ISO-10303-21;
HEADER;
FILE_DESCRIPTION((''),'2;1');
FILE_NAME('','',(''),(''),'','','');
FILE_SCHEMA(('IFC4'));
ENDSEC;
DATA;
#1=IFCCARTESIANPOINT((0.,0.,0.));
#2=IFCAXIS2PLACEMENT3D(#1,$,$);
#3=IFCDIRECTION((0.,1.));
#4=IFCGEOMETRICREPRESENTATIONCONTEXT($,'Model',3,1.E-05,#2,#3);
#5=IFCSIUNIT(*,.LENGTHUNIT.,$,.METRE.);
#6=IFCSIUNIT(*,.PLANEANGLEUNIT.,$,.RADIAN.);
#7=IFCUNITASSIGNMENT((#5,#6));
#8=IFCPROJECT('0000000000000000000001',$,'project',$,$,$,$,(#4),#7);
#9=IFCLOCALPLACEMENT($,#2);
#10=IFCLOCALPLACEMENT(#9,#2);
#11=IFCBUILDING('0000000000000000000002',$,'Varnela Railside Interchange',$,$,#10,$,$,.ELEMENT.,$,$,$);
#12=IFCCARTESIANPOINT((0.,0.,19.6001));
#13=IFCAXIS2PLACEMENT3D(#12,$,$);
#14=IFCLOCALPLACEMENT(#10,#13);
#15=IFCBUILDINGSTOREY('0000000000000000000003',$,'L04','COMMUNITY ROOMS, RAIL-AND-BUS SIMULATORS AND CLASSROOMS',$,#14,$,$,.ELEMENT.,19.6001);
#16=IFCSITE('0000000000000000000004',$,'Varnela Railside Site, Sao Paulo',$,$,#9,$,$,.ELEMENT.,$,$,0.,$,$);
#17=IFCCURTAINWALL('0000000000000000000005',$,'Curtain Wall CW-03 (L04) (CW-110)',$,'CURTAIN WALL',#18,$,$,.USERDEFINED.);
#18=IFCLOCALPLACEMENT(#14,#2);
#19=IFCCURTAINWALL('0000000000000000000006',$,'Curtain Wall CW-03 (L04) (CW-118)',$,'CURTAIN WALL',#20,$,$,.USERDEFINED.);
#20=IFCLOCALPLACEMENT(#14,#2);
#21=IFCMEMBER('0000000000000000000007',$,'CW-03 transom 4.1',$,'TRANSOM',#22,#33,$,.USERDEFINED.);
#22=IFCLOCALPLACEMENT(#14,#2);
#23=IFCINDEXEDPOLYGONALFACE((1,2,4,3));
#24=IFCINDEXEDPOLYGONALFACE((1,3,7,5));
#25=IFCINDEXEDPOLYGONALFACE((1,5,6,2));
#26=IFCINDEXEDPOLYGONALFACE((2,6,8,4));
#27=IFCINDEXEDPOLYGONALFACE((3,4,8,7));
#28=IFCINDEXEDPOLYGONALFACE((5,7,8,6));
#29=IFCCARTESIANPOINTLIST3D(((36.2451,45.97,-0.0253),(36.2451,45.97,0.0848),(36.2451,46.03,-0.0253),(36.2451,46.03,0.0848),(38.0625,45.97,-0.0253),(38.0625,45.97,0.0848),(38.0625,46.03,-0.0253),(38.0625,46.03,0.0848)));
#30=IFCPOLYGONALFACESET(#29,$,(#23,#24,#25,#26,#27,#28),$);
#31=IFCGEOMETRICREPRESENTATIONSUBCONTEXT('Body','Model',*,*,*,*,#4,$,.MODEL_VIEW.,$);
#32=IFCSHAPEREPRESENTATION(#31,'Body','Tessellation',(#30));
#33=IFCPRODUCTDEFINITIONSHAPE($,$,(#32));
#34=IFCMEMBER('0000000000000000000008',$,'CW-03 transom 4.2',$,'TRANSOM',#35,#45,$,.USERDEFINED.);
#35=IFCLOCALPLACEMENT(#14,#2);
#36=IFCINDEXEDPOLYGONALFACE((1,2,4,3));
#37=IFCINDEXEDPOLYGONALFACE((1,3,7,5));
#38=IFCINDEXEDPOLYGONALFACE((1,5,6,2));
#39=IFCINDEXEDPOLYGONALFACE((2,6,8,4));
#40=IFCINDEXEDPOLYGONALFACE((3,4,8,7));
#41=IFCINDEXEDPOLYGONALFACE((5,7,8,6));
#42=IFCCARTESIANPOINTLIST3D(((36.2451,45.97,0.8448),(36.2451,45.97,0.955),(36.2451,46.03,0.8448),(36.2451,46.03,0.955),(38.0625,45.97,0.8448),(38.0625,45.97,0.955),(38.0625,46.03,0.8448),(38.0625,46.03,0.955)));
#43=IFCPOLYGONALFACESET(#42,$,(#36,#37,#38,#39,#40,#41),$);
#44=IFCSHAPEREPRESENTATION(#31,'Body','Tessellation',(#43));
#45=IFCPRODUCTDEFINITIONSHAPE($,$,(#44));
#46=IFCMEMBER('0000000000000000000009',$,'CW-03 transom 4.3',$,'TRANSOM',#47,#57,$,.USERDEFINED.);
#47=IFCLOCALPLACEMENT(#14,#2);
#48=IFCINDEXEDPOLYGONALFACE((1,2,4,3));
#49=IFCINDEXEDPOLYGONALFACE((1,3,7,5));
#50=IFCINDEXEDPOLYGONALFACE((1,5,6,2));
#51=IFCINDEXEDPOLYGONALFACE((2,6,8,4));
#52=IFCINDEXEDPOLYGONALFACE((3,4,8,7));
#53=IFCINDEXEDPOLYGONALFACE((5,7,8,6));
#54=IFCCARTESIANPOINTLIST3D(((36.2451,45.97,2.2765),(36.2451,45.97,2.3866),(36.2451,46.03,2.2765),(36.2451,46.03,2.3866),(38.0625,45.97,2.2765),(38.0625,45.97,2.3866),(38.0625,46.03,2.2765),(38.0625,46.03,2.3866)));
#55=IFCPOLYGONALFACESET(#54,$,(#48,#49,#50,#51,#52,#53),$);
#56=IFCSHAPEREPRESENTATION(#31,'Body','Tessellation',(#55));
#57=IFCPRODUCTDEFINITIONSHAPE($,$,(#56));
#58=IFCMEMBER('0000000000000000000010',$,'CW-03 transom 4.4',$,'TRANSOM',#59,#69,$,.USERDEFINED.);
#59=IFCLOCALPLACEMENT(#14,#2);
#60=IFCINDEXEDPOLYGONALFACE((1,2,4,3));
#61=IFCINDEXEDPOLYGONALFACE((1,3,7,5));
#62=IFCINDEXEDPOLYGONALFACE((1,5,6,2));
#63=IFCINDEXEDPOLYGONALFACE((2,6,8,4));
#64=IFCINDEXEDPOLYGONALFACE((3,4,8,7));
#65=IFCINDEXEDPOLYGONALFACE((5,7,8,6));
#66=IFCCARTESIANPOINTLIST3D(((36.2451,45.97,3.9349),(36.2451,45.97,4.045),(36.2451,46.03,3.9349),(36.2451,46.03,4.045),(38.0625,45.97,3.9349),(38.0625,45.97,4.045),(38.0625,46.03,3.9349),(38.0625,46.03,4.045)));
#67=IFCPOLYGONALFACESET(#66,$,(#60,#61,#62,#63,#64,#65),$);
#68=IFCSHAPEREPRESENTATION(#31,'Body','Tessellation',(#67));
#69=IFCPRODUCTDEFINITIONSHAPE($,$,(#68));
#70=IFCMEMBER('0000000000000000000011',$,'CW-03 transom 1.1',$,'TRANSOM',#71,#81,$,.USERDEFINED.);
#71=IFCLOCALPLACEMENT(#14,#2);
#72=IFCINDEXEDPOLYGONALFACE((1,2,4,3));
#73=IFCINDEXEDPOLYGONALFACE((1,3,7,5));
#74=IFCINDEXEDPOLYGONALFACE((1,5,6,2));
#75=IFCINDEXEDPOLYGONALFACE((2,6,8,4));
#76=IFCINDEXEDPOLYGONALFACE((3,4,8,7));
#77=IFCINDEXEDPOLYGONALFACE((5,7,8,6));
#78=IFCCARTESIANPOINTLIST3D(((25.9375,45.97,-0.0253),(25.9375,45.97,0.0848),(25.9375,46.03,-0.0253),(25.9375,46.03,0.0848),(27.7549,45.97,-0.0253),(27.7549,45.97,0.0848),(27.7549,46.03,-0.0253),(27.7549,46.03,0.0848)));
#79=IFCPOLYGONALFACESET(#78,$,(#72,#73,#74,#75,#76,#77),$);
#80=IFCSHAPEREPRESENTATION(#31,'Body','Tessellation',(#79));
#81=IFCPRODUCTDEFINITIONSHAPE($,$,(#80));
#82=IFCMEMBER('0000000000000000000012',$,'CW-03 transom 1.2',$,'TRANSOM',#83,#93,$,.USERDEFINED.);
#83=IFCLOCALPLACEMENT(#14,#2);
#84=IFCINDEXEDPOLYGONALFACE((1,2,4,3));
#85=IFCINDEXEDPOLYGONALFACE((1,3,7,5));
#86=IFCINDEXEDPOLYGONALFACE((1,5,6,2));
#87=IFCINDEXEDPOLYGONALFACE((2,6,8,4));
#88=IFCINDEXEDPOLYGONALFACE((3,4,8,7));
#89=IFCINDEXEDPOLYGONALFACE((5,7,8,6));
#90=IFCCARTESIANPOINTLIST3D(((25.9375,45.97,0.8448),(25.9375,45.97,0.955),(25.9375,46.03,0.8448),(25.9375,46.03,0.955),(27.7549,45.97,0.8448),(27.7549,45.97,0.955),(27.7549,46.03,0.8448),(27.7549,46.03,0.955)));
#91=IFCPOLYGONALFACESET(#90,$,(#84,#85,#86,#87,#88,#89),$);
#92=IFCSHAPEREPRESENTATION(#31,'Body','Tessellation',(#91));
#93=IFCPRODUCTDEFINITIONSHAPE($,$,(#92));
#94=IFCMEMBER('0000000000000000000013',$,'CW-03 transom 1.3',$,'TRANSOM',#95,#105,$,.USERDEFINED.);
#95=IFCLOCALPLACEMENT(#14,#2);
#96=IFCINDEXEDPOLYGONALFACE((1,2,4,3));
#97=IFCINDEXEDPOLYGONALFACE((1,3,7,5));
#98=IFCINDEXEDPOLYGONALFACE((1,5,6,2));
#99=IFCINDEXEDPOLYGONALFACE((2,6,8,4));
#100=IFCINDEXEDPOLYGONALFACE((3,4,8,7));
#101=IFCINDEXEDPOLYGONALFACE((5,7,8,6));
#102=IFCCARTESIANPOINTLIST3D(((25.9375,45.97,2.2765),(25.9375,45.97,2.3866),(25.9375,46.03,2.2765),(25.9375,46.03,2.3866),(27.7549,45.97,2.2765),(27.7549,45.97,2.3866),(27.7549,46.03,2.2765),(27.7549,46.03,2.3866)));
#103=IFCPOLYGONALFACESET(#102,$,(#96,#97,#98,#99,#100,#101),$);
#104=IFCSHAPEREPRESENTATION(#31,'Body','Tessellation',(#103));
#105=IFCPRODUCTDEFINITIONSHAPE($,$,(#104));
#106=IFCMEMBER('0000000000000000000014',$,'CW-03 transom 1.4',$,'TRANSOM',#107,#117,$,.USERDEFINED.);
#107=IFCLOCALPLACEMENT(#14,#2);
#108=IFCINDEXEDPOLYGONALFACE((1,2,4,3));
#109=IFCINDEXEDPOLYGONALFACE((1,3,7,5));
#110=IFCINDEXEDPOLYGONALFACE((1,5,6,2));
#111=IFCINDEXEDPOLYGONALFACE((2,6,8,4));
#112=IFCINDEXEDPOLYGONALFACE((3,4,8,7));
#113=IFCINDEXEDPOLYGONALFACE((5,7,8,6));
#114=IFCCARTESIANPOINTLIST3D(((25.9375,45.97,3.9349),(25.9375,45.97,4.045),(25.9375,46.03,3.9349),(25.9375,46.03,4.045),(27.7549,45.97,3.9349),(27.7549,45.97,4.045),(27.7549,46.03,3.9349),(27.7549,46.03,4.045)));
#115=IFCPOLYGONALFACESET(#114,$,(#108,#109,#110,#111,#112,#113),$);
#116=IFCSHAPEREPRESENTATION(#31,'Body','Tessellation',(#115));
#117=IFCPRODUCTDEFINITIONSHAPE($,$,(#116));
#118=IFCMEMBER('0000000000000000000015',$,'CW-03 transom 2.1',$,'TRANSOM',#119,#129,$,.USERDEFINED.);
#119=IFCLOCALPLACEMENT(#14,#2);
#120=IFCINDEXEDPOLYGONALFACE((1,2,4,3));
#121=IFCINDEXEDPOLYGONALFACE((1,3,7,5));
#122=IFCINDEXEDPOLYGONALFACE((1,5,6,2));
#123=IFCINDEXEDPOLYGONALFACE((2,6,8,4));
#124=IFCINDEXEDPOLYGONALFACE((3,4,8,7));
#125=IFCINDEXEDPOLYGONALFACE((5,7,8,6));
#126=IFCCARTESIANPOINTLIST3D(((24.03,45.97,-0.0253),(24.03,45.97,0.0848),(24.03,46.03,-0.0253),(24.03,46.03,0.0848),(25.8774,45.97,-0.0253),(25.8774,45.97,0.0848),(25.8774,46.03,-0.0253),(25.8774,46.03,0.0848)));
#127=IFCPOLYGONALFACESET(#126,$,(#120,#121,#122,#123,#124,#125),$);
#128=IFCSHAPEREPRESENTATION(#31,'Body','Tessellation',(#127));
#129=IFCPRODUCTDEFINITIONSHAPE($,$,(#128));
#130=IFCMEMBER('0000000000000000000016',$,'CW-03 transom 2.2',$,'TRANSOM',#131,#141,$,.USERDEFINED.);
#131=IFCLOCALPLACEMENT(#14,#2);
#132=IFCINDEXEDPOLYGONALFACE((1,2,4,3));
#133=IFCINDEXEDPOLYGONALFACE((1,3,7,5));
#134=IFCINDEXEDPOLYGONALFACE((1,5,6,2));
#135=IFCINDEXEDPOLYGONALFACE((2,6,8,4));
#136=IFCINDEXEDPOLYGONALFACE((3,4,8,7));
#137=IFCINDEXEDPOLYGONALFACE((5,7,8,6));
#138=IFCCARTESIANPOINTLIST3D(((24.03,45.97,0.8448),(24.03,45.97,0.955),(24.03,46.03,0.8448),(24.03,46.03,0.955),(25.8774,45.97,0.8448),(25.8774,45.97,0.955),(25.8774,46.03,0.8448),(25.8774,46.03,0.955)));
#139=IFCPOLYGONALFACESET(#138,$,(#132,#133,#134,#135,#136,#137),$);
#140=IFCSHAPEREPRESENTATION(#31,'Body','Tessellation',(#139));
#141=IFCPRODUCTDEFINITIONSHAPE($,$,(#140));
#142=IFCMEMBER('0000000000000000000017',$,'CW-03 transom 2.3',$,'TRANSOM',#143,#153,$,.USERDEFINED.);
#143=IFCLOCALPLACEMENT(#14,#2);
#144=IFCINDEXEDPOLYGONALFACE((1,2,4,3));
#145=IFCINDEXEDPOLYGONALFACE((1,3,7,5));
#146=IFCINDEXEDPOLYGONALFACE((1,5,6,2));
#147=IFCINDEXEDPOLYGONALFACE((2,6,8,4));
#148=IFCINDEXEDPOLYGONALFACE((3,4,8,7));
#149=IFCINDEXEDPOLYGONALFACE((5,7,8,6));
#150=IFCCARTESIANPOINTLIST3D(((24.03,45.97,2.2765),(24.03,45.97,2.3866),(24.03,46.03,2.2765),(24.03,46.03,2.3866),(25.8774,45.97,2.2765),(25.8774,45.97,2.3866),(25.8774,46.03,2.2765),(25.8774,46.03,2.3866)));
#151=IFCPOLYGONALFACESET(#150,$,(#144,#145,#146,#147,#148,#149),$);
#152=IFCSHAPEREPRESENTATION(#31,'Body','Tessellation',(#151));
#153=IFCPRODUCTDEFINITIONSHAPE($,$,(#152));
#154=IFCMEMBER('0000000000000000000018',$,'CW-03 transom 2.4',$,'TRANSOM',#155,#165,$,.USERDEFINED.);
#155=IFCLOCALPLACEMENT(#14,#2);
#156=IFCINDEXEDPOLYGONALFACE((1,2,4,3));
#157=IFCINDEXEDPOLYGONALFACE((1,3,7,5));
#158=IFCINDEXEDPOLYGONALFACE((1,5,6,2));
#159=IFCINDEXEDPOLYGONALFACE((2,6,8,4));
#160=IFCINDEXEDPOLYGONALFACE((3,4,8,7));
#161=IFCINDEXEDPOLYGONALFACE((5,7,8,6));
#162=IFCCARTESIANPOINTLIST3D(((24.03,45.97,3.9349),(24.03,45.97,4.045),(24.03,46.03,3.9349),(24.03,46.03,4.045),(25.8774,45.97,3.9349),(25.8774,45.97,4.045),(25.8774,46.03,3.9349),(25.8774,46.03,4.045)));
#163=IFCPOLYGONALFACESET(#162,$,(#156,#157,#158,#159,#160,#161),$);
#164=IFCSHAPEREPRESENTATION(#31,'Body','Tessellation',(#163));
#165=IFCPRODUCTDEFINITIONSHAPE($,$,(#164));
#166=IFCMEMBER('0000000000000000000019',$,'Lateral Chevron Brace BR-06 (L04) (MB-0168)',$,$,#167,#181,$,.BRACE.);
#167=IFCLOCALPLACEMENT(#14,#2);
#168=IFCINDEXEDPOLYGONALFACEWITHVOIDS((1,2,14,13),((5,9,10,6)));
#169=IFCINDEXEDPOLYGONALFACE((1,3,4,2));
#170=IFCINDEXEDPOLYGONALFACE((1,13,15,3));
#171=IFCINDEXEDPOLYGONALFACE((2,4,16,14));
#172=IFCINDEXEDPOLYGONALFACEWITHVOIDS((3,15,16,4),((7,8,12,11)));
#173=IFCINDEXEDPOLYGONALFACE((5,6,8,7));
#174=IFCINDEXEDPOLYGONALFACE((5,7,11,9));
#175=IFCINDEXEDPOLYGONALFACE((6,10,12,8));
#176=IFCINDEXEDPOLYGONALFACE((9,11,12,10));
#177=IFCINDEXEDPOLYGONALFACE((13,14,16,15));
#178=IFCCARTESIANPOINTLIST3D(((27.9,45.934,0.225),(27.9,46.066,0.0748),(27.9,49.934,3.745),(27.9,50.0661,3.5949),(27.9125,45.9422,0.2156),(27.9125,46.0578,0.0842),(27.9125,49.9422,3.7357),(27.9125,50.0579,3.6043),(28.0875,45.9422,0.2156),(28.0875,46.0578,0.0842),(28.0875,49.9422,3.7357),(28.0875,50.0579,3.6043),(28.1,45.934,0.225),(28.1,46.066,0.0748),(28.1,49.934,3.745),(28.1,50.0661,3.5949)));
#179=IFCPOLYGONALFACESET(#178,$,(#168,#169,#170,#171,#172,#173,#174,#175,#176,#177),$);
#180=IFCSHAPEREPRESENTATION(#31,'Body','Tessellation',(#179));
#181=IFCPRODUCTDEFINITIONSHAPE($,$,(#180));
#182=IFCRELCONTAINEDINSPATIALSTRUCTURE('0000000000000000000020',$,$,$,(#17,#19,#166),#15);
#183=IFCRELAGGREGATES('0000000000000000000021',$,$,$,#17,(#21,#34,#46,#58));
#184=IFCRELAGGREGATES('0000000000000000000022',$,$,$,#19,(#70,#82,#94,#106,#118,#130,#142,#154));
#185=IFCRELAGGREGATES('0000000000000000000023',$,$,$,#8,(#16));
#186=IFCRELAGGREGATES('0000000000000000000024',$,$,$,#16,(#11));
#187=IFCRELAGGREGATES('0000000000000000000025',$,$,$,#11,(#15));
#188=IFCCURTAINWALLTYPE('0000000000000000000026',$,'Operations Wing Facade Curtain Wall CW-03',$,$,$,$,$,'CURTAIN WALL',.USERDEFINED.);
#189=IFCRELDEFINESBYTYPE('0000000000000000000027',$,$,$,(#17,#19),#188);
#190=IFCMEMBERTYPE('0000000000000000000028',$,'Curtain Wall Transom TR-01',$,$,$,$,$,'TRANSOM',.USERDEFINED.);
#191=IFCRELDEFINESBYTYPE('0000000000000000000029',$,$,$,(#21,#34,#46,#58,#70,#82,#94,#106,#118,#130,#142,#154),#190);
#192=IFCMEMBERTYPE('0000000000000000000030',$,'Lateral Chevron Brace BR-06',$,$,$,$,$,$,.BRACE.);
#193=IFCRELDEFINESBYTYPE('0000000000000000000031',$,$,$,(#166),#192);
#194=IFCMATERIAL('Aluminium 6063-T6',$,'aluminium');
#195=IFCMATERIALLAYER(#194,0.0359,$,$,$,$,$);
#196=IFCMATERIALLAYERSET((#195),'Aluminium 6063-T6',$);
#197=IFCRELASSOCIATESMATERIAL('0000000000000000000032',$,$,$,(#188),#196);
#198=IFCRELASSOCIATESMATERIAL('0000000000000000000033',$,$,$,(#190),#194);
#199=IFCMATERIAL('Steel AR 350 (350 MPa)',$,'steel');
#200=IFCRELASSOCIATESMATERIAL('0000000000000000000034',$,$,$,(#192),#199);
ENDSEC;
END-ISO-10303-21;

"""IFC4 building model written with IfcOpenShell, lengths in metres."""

from ifc_helpers import new_model, si_unit, direction, frame, origin, origin_2d, place, context, subcontext, project, spatial, rectangle, hollow_rectangle, extrude, material, layer, layer_set, material_profile, profile_set, type_object, element, aggregate, save


model = new_model("IFC4")

# Units and contexts
model_context = context("Model", 3, precision=1e-05, world=origin(), true_north=direction((0.0, 1.0)))
body_context = subcontext(model_context, "Body", "Model", "MODEL_VIEW")
ifc_project = project(units=[si_unit("LENGTHUNIT", "METRE"), si_unit("PLANEANGLEUNIT", "RADIAN")], contexts=[model_context])

# Site, building, storey
site_placement = place(None, origin())
site = spatial("IfcSite", under=ifc_project, at=site_placement, Name="Varnela Railside Site, Sao Paulo", CompositionType="ELEMENT", RefElevation=0.0)
building_placement = place(site_placement, origin())
building = spatial("IfcBuilding", under=site, at=building_placement, Name="Varnela Railside Interchange", CompositionType="ELEMENT")
storey_placement = place(building_placement, frame((0.0, 0.0, 19.6001)))
storey = spatial("IfcBuildingStorey", under=building, at=storey_placement, Name="L04", Description="COMMUNITY ROOMS, RAIL-AND-BUS SIMULATORS AND CLASSROOMS", CompositionType="ELEMENT", Elevation=19.6001)

# Shared definitions
ifc_material_1 = material(Name="Steel AR 350 (350 MPa)", Category="steel")

# Curtain walls
ifc_material_2 = material(Name="Aluminium 6063-T6", Category="aluminium")
ifc_layer_1 = layer(ifc_material_2, 0.0359)
ifc_layer_set_1 = layer_set([ifc_layer_1], Name="Aluminium 6063-T6")
curtain_wall_type = type_object("IfcCurtainWallType", Name="Operations Wing Facade Curtain Wall CW-03", ElementType="CURTAIN WALL", PredefinedType="USERDEFINED", material=ifc_layer_set_1)
curtain_wall_1_placement = place(storey_placement, origin())
curtain_wall_1 = element("IfcCurtainWall", 1, at=curtain_wall_1_placement, inside=storey, type_object=curtain_wall_type, Name="Curtain Wall CW-03 (L04) (CW-110)", ObjectType="CURTAIN WALL", PredefinedType="USERDEFINED")
curtain_wall_2_placement = place(storey_placement, origin())
curtain_wall_2 = element("IfcCurtainWall", 2, at=curtain_wall_2_placement, inside=storey, type_object=curtain_wall_type, Name="Curtain Wall CW-03 (L04) (CW-118)", ObjectType="CURTAIN WALL", PredefinedType="USERDEFINED")

# Members
ifc_material_profile_1 = material_profile(ifc_material_2, rectangle(XDim=0.0601, YDim=0.1101, at=origin_2d()), Name="ALU 60x110")
ifc_profile_set_1 = profile_set([ifc_material_profile_1], Name="Aluminium 6063-T6")
member_type_1 = type_object("IfcMemberType", Name="Curtain Wall Transom TR-01", ElementType="TRANSOM", PredefinedType="USERDEFINED", material=ifc_profile_set_1)
member_1_placement = place(storey_placement, frame((38.0625, 46.0, 0.0298), z_axis=(-1.0, 0.0, 0.0), x_axis=(0.0, -1.0, 0.0)))
member_1 = element("IfcMember", 3, at=member_1_placement, type_object=member_type_1, Name="CW-03 transom 4.1", ObjectType="TRANSOM", PredefinedType="USERDEFINED", context=body_context, shape_type="SweptSolid", body=[
    extrude(rectangle(XDim=0.0601, YDim=0.1101, at=origin_2d()), origin(), (0.0, 0.0, 1.0), 1.8174),
])
member_2_placement = place(storey_placement, frame((38.0625, 46.0, 0.8999), z_axis=(-1.0, 0.0, 0.0), x_axis=(0.0, -1.0, 0.0)))
member_2 = element("IfcMember", 4, at=member_2_placement, type_object=member_type_1, Name="CW-03 transom 4.2", ObjectType="TRANSOM", PredefinedType="USERDEFINED", context=body_context, shape_type="SweptSolid", body=[
    extrude(rectangle(XDim=0.0601, YDim=0.1101, at=origin_2d()), origin(), (0.0, 0.0, 1.0), 1.8174),
])
member_3_placement = place(storey_placement, frame((38.0625, 46.0, 2.3315), z_axis=(-1.0, 0.0, 0.0), x_axis=(0.0, -1.0, 0.0)))
member_3 = element("IfcMember", 5, at=member_3_placement, type_object=member_type_1, Name="CW-03 transom 4.3", ObjectType="TRANSOM", PredefinedType="USERDEFINED", context=body_context, shape_type="SweptSolid", body=[
    extrude(rectangle(XDim=0.0601, YDim=0.1101, at=origin_2d()), origin(), (0.0, 0.0, 1.0), 1.8174),
])
member_4_placement = place(storey_placement, frame((38.0625, 46.0, 3.99), z_axis=(-1.0, 0.0, 0.0), x_axis=(0.0, -1.0, 0.0)))
member_4 = element("IfcMember", 6, at=member_4_placement, type_object=member_type_1, Name="CW-03 transom 4.4", ObjectType="TRANSOM", PredefinedType="USERDEFINED", context=body_context, shape_type="SweptSolid", body=[
    extrude(rectangle(XDim=0.0601, YDim=0.1101, at=origin_2d()), origin(), (0.0, 0.0, 1.0), 1.8174),
])
member_5_placement = place(storey_placement, frame((27.7549, 46.0, 0.0298), z_axis=(-1.0, 0.0, 0.0), x_axis=(0.0, -1.0, 0.0)))
member_5 = element("IfcMember", 7, at=member_5_placement, type_object=member_type_1, Name="CW-03 transom 1.1", ObjectType="TRANSOM", PredefinedType="USERDEFINED", context=body_context, shape_type="SweptSolid", body=[
    extrude(rectangle(XDim=0.0601, YDim=0.1101, at=origin_2d()), origin(), (0.0, 0.0, 1.0), 1.8174),
])
member_6_placement = place(storey_placement, frame((27.7549, 46.0, 0.8999), z_axis=(-1.0, 0.0, 0.0), x_axis=(0.0, -1.0, 0.0)))
member_6 = element("IfcMember", 8, at=member_6_placement, type_object=member_type_1, Name="CW-03 transom 1.2", ObjectType="TRANSOM", PredefinedType="USERDEFINED", context=body_context, shape_type="SweptSolid", body=[
    extrude(rectangle(XDim=0.0601, YDim=0.1101, at=origin_2d()), origin(), (0.0, 0.0, 1.0), 1.8174),
])
member_7_placement = place(storey_placement, frame((27.7549, 46.0, 2.3315), z_axis=(-1.0, 0.0, 0.0), x_axis=(0.0, -1.0, 0.0)))
member_7 = element("IfcMember", 9, at=member_7_placement, type_object=member_type_1, Name="CW-03 transom 1.3", ObjectType="TRANSOM", PredefinedType="USERDEFINED", context=body_context, shape_type="SweptSolid", body=[
    extrude(rectangle(XDim=0.0601, YDim=0.1101, at=origin_2d()), origin(), (0.0, 0.0, 1.0), 1.8174),
])
member_8_placement = place(storey_placement, frame((27.7549, 46.0, 3.99), z_axis=(-1.0, 0.0, 0.0), x_axis=(0.0, -1.0, 0.0)))
member_8 = element("IfcMember", 10, at=member_8_placement, type_object=member_type_1, Name="CW-03 transom 1.4", ObjectType="TRANSOM", PredefinedType="USERDEFINED", context=body_context, shape_type="SweptSolid", body=[
    extrude(rectangle(XDim=0.0601, YDim=0.1101, at=origin_2d()), origin(), (0.0, 0.0, 1.0), 1.8174),
])
member_9_placement = place(storey_placement, frame((25.8774, 46.0, 0.0298), z_axis=(-1.0, 0.0, 0.0), x_axis=(0.0, -1.0, 0.0)))
member_9 = element("IfcMember", 11, at=member_9_placement, type_object=member_type_1, Name="CW-03 transom 2.1", ObjectType="TRANSOM", PredefinedType="USERDEFINED", context=body_context, shape_type="SweptSolid", body=[
    extrude(rectangle(XDim=0.0601, YDim=0.1101, at=origin_2d()), origin(), (0.0, 0.0, 1.0), 1.8474),
])
member_10_placement = place(storey_placement, frame((25.8774, 46.0, 0.8999), z_axis=(-1.0, 0.0, 0.0), x_axis=(0.0, -1.0, 0.0)))
member_10 = element("IfcMember", 12, at=member_10_placement, type_object=member_type_1, Name="CW-03 transom 2.2", ObjectType="TRANSOM", PredefinedType="USERDEFINED", context=body_context, shape_type="SweptSolid", body=[
    extrude(rectangle(XDim=0.0601, YDim=0.1101, at=origin_2d()), origin(), (0.0, 0.0, 1.0), 1.8474),
])
member_11_placement = place(storey_placement, frame((25.8774, 46.0, 2.3315), z_axis=(-1.0, 0.0, 0.0), x_axis=(0.0, -1.0, 0.0)))
member_11 = element("IfcMember", 13, at=member_11_placement, type_object=member_type_1, Name="CW-03 transom 2.3", ObjectType="TRANSOM", PredefinedType="USERDEFINED", context=body_context, shape_type="SweptSolid", body=[
    extrude(rectangle(XDim=0.0601, YDim=0.1101, at=origin_2d()), origin(), (0.0, 0.0, 1.0), 1.8474),
])
member_12_placement = place(storey_placement, frame((25.8774, 46.0, 3.99), z_axis=(-1.0, 0.0, 0.0), x_axis=(0.0, -1.0, 0.0)))
member_12 = element("IfcMember", 14, at=member_12_placement, type_object=member_type_1, Name="CW-03 transom 2.4", ObjectType="TRANSOM", PredefinedType="USERDEFINED", context=body_context, shape_type="SweptSolid", body=[
    extrude(rectangle(XDim=0.0601, YDim=0.1101, at=origin_2d()), origin(), (0.0, 0.0, 1.0), 1.8474),
])
ifc_material_profile_2 = material_profile(ifc_material_1, hollow_rectangle(XDim=0.2, YDim=0.2, WallThickness=0.0125, at=origin_2d()), Name="HSS 200x200x12.5")
ifc_profile_set_2 = profile_set([ifc_material_profile_2], Name="Steel AR 350 (350 MPa)")
member_type_2 = type_object("IfcMemberType", Name="Lateral Chevron Brace BR-06", PredefinedType="BRACE", material=ifc_profile_set_2)
member_13_placement = place(storey_placement, frame((28.0, 46.0, 0.1499), z_axis=(0.0, 0.750712, 0.66063), x_axis=(-1.0, 0.0, 0.0)))
element("IfcMember", 15, at=member_13_placement, inside=storey, type_object=member_type_2, Name="Lateral Chevron Brace BR-06 (L04) (MB-0168)", PredefinedType="BRACE", context=body_context, shape_type="SweptSolid", body=[
    extrude(hollow_rectangle(XDim=0.2, YDim=0.2, WallThickness=0.0125, at=origin_2d()), origin(), (0.0, 0.0, 1.0), 5.3284),
])

aggregate(curtain_wall_1, [member_1, member_2, member_3, member_4])
aggregate(curtain_wall_2, [member_5, member_6, member_7, member_8, member_9, member_10, member_11, member_12])

save(model, "model.ifc")
